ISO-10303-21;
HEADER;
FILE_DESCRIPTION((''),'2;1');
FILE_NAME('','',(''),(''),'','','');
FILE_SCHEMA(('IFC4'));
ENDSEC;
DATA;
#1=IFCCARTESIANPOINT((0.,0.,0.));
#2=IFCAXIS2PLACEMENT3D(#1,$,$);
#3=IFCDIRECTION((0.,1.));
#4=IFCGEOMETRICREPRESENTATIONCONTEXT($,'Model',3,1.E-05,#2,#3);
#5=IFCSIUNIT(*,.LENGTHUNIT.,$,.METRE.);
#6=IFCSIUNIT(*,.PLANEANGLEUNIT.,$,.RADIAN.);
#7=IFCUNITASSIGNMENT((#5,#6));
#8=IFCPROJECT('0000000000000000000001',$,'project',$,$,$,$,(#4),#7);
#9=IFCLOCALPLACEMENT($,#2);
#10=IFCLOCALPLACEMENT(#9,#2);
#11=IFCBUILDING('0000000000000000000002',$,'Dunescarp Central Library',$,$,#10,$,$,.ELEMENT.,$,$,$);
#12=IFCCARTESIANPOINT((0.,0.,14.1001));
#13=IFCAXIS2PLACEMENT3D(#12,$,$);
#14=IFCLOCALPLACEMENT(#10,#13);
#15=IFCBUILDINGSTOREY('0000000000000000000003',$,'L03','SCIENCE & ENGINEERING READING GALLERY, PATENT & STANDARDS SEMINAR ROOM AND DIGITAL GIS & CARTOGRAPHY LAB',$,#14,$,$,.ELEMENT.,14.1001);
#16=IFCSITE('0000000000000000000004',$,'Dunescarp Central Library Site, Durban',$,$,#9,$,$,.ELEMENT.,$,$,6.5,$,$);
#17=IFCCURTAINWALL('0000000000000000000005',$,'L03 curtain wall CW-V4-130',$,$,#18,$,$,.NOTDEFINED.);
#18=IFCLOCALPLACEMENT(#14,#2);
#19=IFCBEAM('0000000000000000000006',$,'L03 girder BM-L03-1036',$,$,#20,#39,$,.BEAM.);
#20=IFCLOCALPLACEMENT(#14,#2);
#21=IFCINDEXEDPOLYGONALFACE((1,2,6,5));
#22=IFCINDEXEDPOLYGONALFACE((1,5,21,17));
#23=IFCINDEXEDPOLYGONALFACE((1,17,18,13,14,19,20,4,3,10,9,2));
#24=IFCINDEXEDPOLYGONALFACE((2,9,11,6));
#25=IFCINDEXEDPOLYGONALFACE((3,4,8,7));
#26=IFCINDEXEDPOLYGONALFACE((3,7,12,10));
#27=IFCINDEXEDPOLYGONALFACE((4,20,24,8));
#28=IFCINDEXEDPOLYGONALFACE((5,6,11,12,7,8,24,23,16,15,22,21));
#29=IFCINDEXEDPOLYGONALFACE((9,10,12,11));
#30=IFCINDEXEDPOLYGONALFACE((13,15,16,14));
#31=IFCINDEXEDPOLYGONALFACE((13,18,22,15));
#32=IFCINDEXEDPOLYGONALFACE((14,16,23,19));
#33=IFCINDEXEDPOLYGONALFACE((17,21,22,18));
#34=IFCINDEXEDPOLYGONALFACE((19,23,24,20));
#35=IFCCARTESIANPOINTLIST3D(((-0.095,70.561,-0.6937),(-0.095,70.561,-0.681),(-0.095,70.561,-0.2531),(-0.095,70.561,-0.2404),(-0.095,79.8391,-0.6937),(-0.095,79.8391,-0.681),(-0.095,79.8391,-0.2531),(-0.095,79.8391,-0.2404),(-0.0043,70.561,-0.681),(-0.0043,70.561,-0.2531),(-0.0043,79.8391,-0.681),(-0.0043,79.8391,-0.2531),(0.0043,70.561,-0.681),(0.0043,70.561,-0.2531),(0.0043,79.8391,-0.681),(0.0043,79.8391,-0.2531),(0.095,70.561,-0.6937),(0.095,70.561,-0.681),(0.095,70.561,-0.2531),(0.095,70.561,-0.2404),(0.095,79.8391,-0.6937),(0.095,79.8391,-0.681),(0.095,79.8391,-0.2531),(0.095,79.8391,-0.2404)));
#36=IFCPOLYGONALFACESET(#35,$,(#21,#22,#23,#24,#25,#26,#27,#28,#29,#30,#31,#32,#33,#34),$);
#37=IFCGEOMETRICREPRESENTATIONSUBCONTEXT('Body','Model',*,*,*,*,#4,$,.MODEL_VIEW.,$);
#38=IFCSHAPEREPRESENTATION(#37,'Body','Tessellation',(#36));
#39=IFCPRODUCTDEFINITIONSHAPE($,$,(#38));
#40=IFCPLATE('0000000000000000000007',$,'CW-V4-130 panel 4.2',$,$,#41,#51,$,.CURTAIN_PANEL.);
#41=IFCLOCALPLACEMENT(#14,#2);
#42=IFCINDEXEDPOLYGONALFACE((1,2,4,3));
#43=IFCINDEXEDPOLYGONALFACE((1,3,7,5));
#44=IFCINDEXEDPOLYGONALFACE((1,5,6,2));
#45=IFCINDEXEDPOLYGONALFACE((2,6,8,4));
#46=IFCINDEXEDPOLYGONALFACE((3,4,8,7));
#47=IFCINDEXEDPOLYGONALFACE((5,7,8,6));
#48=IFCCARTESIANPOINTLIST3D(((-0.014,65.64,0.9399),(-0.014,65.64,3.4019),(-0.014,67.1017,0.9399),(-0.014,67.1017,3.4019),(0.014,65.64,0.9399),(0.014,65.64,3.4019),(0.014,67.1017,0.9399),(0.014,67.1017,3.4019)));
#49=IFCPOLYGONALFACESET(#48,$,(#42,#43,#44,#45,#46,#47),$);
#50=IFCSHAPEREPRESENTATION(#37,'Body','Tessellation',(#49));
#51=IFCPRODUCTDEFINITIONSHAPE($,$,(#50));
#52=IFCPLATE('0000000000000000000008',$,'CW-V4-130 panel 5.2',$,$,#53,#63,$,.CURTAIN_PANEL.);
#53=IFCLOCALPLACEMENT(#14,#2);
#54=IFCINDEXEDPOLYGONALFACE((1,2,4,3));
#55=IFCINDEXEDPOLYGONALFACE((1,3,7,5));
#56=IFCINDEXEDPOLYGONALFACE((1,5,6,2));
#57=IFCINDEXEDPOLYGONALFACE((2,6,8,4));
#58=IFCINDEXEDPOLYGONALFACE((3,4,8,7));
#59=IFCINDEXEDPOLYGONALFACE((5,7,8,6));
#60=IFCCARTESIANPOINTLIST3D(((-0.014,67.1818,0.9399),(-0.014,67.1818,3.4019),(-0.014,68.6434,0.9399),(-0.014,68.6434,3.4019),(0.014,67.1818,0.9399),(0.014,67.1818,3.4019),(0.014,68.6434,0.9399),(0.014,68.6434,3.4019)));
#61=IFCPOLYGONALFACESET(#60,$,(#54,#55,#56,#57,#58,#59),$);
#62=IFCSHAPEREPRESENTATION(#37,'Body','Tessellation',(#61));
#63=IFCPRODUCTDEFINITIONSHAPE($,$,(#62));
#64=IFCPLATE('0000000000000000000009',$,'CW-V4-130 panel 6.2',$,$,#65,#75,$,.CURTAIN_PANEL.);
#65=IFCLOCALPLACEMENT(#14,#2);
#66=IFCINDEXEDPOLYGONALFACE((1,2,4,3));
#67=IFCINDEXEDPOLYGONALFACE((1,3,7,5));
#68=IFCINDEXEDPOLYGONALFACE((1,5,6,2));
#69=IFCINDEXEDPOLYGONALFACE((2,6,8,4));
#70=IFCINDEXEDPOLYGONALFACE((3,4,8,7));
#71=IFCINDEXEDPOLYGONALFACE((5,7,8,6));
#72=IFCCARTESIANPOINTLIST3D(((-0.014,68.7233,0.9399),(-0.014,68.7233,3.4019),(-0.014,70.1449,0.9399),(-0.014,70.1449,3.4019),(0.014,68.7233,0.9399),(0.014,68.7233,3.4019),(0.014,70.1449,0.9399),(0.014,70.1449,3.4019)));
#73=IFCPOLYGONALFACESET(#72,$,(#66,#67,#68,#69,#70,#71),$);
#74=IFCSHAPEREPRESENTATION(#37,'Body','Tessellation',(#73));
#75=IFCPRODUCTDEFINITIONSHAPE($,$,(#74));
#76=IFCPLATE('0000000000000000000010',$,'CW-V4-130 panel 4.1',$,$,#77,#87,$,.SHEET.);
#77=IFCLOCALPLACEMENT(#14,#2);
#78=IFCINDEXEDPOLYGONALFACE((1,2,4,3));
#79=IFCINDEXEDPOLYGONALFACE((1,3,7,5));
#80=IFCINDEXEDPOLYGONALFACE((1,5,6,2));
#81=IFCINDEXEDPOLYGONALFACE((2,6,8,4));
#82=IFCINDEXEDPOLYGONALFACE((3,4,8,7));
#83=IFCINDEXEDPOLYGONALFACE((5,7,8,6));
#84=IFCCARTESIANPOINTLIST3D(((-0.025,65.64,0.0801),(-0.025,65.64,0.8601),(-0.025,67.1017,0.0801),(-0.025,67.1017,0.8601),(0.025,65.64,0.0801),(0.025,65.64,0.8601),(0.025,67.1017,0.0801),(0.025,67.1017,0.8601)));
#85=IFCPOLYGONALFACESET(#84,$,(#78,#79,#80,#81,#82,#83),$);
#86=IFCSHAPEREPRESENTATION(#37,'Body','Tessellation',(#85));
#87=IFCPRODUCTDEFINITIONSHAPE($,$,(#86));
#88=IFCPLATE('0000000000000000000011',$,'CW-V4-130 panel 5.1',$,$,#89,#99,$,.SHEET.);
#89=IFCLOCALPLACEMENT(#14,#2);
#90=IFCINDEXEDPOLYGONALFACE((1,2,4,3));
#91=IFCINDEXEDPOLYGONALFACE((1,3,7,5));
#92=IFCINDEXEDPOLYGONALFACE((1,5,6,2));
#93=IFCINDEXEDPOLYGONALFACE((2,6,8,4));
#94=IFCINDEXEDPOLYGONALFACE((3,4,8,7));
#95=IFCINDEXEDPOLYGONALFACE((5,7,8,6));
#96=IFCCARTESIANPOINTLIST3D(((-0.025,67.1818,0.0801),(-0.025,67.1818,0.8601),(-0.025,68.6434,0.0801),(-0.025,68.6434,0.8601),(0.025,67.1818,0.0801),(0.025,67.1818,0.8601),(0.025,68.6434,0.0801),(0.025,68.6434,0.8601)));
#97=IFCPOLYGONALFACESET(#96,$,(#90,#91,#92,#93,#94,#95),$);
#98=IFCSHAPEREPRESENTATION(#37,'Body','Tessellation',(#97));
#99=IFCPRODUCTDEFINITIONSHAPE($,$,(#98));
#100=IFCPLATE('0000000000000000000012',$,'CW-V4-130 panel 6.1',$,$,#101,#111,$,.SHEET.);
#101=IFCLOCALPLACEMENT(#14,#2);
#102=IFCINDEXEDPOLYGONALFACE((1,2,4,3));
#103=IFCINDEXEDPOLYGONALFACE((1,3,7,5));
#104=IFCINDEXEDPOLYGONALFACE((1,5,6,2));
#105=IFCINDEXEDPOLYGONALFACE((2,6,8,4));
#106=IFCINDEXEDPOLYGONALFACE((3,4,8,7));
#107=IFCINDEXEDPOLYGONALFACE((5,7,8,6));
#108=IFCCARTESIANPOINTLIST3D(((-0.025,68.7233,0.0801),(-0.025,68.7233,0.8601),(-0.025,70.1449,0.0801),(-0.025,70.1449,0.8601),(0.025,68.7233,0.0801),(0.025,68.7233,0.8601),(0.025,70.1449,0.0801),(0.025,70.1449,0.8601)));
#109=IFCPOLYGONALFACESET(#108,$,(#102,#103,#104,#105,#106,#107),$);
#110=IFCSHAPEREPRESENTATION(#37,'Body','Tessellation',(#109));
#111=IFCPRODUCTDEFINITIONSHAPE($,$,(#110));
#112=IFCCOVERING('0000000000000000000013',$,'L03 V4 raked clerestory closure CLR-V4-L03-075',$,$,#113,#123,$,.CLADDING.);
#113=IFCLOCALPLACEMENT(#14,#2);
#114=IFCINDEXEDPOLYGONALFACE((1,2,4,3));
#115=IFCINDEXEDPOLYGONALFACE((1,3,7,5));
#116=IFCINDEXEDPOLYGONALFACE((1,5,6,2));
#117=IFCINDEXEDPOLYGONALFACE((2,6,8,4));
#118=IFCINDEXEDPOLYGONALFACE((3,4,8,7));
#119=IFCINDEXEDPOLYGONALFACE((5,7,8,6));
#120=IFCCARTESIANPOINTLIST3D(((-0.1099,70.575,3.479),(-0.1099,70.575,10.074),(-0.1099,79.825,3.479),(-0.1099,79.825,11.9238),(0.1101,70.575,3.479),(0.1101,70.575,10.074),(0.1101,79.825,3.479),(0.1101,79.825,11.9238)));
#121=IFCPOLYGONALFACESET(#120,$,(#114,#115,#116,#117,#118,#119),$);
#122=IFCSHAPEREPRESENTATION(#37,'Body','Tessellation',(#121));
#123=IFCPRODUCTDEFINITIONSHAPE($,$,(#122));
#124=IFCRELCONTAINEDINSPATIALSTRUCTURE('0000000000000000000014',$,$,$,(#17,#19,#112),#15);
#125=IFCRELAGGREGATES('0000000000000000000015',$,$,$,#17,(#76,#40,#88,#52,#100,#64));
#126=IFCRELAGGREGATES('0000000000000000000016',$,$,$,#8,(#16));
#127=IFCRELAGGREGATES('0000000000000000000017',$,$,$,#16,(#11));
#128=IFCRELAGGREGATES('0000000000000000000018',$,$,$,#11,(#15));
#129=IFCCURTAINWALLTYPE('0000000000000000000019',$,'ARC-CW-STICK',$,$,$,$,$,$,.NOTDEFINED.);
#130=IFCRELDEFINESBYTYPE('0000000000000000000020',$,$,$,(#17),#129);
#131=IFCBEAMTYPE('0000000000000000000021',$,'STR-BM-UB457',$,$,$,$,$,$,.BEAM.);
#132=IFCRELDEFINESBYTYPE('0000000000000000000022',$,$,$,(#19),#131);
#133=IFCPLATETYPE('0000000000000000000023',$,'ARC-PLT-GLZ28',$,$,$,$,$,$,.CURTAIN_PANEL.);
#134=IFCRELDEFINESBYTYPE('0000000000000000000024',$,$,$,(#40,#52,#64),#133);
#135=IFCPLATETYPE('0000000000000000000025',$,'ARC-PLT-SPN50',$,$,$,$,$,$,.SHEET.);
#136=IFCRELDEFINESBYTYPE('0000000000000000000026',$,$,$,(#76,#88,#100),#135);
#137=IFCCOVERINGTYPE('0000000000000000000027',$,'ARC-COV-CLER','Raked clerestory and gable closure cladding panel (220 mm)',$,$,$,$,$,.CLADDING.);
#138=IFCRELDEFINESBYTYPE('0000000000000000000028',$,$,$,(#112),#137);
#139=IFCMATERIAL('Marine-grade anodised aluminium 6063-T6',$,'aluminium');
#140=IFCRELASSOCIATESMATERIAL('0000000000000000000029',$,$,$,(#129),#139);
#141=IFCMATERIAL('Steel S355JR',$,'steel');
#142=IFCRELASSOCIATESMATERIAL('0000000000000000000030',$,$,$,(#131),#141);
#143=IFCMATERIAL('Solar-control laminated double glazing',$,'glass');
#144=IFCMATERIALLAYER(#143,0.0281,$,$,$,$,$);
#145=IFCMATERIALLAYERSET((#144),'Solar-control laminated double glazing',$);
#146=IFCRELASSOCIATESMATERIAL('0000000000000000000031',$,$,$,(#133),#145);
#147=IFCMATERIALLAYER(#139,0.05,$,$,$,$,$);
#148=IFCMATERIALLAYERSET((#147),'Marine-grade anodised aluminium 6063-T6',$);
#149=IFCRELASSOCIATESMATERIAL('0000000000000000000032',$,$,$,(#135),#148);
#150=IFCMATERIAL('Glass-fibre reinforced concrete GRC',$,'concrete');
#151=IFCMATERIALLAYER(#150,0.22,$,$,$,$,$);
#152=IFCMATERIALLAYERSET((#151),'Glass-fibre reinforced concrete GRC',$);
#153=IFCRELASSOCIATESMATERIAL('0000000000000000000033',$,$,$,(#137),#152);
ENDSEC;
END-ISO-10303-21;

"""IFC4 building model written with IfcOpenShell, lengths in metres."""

from ifc_helpers import new_model, si_unit, direction, frame, origin, origin_2d, place, context, subcontext, project, spatial, polyline, rectangle, i_section, outline, extrude, material, layer, layer_set, material_profile, profile_set, type_object, element, aggregate, save


model = new_model("IFC4")

# Units and contexts
model_context = context("Model", 3, precision=1e-05, world=origin(), true_north=direction((0.0, 1.0)))
body_context = subcontext(model_context, "Body", "Model", "MODEL_VIEW")
ifc_project = project(units=[si_unit("LENGTHUNIT", "METRE"), si_unit("PLANEANGLEUNIT", "RADIAN")], contexts=[model_context])

# Site, building, storey
site_placement = place(None, origin())
site = spatial("IfcSite", under=ifc_project, at=site_placement, Name="Dunescarp Central Library Site, Durban", CompositionType="ELEMENT", RefElevation=6.5)
building_placement = place(site_placement, origin())
building = spatial("IfcBuilding", under=site, at=building_placement, Name="Dunescarp Central Library", CompositionType="ELEMENT")
storey_placement = place(building_placement, frame((0.0, 0.0, 14.1001)))
storey = spatial("IfcBuildingStorey", under=building, at=storey_placement, Name="L03", Description="SCIENCE & ENGINEERING READING GALLERY, PATENT & STANDARDS SEMINAR ROOM AND DIGITAL GIS & CARTOGRAPHY LAB", CompositionType="ELEMENT", Elevation=14.1001)

# Shared definitions
ifc_material_1 = material(Name="Steel S355JR", Category="steel")

# Curtain wall
ifc_material_2 = material(Name="Marine-grade anodised aluminium 6063-T6", Category="aluminium")
curtain_wall_type = type_object("IfcCurtainWallType", Name="ARC-CW-STICK", PredefinedType="NOTDEFINED", material=ifc_material_2)
curtain_wall_placement = place(storey_placement, origin())
curtain_wall = element("IfcCurtainWall", 1, at=curtain_wall_placement, inside=storey, type_object=curtain_wall_type, Name="L03 curtain wall CW-V4-130", PredefinedType="NOTDEFINED")

# Beam
ifc_material_profile_1 = material_profile(ifc_material_1, i_section(OverallWidth=0.1899, OverallDepth=0.4534, WebThickness=0.0085, FlangeThickness=0.0127, at=origin_2d()), Name="UB 457x191x67")
ifc_profile_set_1 = profile_set([ifc_material_profile_1], Name="Steel S355JR")
beam_type = type_object("IfcBeamType", Name="STR-BM-UB457", PredefinedType="BEAM", material=ifc_profile_set_1)
beam_placement = place(storey_placement, frame((0.0, 70.561, -0.467), z_axis=(0.0, 1.0, 0.0), x_axis=(-1.0, 0.0, 0.0)))
element("IfcBeam", 2, at=beam_placement, inside=storey, type_object=beam_type, Name="L03 girder BM-L03-1036", PredefinedType="BEAM", context=body_context, shape_type="SweptSolid", body=[
    extrude(i_section(OverallWidth=0.1899, OverallDepth=0.4534, WebThickness=0.0085, FlangeThickness=0.0127, at=origin_2d()), origin(), (0.0, 0.0, 1.0), 9.2781),
])

# Plates
ifc_material_3 = material(Name="Solar-control laminated double glazing", Category="glass")
ifc_layer_1 = layer(ifc_material_3, 0.0281)
ifc_layer_set_1 = layer_set([ifc_layer_1], Name="Solar-control laminated double glazing")
plate_type_1 = type_object("IfcPlateType", Name="ARC-PLT-GLZ28", PredefinedType="CURTAIN_PANEL", material=ifc_layer_set_1)
plate_1_placement = place(storey_placement, frame((0.0, 66.3708, 0.9399), z_axis=(0.0, 0.0, 1.0), x_axis=(0.0, 1.0, 0.0)))
plate_1 = element("IfcPlate", 3, at=plate_1_placement, type_object=plate_type_1, Name="CW-V4-130 panel 4.2", PredefinedType="CURTAIN_PANEL", context=body_context, shape_type="SweptSolid", body=[
    extrude(rectangle(XDim=1.4617, YDim=0.0281, at=origin_2d()), origin(), (0.0, 0.0, 1.0), 2.4619),
])
plate_2_placement = place(storey_placement, frame((0.0, 67.9126, 0.9399), z_axis=(0.0, 0.0, 1.0), x_axis=(0.0, 1.0, 0.0)))
plate_2 = element("IfcPlate", 4, at=plate_2_placement, type_object=plate_type_1, Name="CW-V4-130 panel 5.2", PredefinedType="CURTAIN_PANEL", context=body_context, shape_type="SweptSolid", body=[
    extrude(rectangle(XDim=1.4617, YDim=0.0281, at=origin_2d()), origin(), (0.0, 0.0, 1.0), 2.4619),
])
plate_3_placement = place(storey_placement, frame((0.0, 69.4341, 0.9399), z_axis=(0.0, 0.0, 1.0), x_axis=(0.0, 1.0, 0.0)))
plate_3 = element("IfcPlate", 5, at=plate_3_placement, type_object=plate_type_1, Name="CW-V4-130 panel 6.2", PredefinedType="CURTAIN_PANEL", context=body_context, shape_type="SweptSolid", body=[
    extrude(rectangle(XDim=1.4216, YDim=0.0281, at=origin_2d()), origin(), (0.0, 0.0, 1.0), 2.4619),
])
ifc_layer_2 = layer(ifc_material_2, 0.05)
ifc_layer_set_2 = layer_set([ifc_layer_2], Name="Marine-grade anodised aluminium 6063-T6")
plate_type_2 = type_object("IfcPlateType", Name="ARC-PLT-SPN50", PredefinedType="SHEET", material=ifc_layer_set_2)
plate_4_placement = place(storey_placement, frame((0.0, 66.3708, 0.0801), z_axis=(0.0, 0.0, 1.0), x_axis=(0.0, 1.0, 0.0)))
plate_4 = element("IfcPlate", 6, at=plate_4_placement, type_object=plate_type_2, Name="CW-V4-130 panel 4.1", PredefinedType="SHEET", context=body_context, shape_type="SweptSolid", body=[
    extrude(rectangle(XDim=1.4617, YDim=0.05, at=origin_2d()), origin(), (0.0, 0.0, 1.0), 0.78),
])
plate_5_placement = place(storey_placement, frame((0.0, 67.9126, 0.0801), z_axis=(0.0, 0.0, 1.0), x_axis=(0.0, 1.0, 0.0)))
plate_5 = element("IfcPlate", 7, at=plate_5_placement, type_object=plate_type_2, Name="CW-V4-130 panel 5.1", PredefinedType="SHEET", context=body_context, shape_type="SweptSolid", body=[
    extrude(rectangle(XDim=1.4617, YDim=0.05, at=origin_2d()), origin(), (0.0, 0.0, 1.0), 0.78),
])
plate_6_placement = place(storey_placement, frame((0.0, 69.4341, 0.0801), z_axis=(0.0, 0.0, 1.0), x_axis=(0.0, 1.0, 0.0)))
plate_6 = element("IfcPlate", 8, at=plate_6_placement, type_object=plate_type_2, Name="CW-V4-130 panel 6.1", PredefinedType="SHEET", context=body_context, shape_type="SweptSolid", body=[
    extrude(rectangle(XDim=1.4216, YDim=0.05, at=origin_2d()), origin(), (0.0, 0.0, 1.0), 0.78),
])
aggregate(curtain_wall, [plate_4, plate_1, plate_5, plate_2, plate_6, plate_3])

# Covering
ifc_material_4 = material(Name="Glass-fibre reinforced concrete GRC", Category="concrete")
ifc_layer_3 = layer(ifc_material_4, 0.22)
ifc_layer_set_3 = layer_set([ifc_layer_3], Name="Glass-fibre reinforced concrete GRC")
covering_type = type_object("IfcCoveringType", Name="ARC-COV-CLER", Description="Raked clerestory and gable closure cladding panel (220 mm)", PredefinedType="CLADDING", material=ifc_layer_set_3)
covering_placement = place(storey_placement, frame((0.0, 70.575, 3.479), z_axis=(0.0, 0.0, 1.0), x_axis=(0.0, 1.0, 0.0)))
element("IfcCovering", 9, at=covering_placement, inside=storey, type_object=covering_type, Name="L03 V4 raked clerestory closure CLR-V4-L03-075", PredefinedType="CLADDING", context=body_context, shape_type="SweptSolid", body=[
    extrude(outline(polyline([(0.0, 0.0), (9.25, 0.0), (9.25, 8.4448), (0.0, 6.595), (0.0, 0.0)])), frame((0.0, 0.1099, 0.0), z_axis=(0.0, -1.0, 0.0), x_axis=(1.0, 0.0, 0.0)), (0.0, 0.0, 1.0), 0.22),
])

save(model, "model.ifc")
